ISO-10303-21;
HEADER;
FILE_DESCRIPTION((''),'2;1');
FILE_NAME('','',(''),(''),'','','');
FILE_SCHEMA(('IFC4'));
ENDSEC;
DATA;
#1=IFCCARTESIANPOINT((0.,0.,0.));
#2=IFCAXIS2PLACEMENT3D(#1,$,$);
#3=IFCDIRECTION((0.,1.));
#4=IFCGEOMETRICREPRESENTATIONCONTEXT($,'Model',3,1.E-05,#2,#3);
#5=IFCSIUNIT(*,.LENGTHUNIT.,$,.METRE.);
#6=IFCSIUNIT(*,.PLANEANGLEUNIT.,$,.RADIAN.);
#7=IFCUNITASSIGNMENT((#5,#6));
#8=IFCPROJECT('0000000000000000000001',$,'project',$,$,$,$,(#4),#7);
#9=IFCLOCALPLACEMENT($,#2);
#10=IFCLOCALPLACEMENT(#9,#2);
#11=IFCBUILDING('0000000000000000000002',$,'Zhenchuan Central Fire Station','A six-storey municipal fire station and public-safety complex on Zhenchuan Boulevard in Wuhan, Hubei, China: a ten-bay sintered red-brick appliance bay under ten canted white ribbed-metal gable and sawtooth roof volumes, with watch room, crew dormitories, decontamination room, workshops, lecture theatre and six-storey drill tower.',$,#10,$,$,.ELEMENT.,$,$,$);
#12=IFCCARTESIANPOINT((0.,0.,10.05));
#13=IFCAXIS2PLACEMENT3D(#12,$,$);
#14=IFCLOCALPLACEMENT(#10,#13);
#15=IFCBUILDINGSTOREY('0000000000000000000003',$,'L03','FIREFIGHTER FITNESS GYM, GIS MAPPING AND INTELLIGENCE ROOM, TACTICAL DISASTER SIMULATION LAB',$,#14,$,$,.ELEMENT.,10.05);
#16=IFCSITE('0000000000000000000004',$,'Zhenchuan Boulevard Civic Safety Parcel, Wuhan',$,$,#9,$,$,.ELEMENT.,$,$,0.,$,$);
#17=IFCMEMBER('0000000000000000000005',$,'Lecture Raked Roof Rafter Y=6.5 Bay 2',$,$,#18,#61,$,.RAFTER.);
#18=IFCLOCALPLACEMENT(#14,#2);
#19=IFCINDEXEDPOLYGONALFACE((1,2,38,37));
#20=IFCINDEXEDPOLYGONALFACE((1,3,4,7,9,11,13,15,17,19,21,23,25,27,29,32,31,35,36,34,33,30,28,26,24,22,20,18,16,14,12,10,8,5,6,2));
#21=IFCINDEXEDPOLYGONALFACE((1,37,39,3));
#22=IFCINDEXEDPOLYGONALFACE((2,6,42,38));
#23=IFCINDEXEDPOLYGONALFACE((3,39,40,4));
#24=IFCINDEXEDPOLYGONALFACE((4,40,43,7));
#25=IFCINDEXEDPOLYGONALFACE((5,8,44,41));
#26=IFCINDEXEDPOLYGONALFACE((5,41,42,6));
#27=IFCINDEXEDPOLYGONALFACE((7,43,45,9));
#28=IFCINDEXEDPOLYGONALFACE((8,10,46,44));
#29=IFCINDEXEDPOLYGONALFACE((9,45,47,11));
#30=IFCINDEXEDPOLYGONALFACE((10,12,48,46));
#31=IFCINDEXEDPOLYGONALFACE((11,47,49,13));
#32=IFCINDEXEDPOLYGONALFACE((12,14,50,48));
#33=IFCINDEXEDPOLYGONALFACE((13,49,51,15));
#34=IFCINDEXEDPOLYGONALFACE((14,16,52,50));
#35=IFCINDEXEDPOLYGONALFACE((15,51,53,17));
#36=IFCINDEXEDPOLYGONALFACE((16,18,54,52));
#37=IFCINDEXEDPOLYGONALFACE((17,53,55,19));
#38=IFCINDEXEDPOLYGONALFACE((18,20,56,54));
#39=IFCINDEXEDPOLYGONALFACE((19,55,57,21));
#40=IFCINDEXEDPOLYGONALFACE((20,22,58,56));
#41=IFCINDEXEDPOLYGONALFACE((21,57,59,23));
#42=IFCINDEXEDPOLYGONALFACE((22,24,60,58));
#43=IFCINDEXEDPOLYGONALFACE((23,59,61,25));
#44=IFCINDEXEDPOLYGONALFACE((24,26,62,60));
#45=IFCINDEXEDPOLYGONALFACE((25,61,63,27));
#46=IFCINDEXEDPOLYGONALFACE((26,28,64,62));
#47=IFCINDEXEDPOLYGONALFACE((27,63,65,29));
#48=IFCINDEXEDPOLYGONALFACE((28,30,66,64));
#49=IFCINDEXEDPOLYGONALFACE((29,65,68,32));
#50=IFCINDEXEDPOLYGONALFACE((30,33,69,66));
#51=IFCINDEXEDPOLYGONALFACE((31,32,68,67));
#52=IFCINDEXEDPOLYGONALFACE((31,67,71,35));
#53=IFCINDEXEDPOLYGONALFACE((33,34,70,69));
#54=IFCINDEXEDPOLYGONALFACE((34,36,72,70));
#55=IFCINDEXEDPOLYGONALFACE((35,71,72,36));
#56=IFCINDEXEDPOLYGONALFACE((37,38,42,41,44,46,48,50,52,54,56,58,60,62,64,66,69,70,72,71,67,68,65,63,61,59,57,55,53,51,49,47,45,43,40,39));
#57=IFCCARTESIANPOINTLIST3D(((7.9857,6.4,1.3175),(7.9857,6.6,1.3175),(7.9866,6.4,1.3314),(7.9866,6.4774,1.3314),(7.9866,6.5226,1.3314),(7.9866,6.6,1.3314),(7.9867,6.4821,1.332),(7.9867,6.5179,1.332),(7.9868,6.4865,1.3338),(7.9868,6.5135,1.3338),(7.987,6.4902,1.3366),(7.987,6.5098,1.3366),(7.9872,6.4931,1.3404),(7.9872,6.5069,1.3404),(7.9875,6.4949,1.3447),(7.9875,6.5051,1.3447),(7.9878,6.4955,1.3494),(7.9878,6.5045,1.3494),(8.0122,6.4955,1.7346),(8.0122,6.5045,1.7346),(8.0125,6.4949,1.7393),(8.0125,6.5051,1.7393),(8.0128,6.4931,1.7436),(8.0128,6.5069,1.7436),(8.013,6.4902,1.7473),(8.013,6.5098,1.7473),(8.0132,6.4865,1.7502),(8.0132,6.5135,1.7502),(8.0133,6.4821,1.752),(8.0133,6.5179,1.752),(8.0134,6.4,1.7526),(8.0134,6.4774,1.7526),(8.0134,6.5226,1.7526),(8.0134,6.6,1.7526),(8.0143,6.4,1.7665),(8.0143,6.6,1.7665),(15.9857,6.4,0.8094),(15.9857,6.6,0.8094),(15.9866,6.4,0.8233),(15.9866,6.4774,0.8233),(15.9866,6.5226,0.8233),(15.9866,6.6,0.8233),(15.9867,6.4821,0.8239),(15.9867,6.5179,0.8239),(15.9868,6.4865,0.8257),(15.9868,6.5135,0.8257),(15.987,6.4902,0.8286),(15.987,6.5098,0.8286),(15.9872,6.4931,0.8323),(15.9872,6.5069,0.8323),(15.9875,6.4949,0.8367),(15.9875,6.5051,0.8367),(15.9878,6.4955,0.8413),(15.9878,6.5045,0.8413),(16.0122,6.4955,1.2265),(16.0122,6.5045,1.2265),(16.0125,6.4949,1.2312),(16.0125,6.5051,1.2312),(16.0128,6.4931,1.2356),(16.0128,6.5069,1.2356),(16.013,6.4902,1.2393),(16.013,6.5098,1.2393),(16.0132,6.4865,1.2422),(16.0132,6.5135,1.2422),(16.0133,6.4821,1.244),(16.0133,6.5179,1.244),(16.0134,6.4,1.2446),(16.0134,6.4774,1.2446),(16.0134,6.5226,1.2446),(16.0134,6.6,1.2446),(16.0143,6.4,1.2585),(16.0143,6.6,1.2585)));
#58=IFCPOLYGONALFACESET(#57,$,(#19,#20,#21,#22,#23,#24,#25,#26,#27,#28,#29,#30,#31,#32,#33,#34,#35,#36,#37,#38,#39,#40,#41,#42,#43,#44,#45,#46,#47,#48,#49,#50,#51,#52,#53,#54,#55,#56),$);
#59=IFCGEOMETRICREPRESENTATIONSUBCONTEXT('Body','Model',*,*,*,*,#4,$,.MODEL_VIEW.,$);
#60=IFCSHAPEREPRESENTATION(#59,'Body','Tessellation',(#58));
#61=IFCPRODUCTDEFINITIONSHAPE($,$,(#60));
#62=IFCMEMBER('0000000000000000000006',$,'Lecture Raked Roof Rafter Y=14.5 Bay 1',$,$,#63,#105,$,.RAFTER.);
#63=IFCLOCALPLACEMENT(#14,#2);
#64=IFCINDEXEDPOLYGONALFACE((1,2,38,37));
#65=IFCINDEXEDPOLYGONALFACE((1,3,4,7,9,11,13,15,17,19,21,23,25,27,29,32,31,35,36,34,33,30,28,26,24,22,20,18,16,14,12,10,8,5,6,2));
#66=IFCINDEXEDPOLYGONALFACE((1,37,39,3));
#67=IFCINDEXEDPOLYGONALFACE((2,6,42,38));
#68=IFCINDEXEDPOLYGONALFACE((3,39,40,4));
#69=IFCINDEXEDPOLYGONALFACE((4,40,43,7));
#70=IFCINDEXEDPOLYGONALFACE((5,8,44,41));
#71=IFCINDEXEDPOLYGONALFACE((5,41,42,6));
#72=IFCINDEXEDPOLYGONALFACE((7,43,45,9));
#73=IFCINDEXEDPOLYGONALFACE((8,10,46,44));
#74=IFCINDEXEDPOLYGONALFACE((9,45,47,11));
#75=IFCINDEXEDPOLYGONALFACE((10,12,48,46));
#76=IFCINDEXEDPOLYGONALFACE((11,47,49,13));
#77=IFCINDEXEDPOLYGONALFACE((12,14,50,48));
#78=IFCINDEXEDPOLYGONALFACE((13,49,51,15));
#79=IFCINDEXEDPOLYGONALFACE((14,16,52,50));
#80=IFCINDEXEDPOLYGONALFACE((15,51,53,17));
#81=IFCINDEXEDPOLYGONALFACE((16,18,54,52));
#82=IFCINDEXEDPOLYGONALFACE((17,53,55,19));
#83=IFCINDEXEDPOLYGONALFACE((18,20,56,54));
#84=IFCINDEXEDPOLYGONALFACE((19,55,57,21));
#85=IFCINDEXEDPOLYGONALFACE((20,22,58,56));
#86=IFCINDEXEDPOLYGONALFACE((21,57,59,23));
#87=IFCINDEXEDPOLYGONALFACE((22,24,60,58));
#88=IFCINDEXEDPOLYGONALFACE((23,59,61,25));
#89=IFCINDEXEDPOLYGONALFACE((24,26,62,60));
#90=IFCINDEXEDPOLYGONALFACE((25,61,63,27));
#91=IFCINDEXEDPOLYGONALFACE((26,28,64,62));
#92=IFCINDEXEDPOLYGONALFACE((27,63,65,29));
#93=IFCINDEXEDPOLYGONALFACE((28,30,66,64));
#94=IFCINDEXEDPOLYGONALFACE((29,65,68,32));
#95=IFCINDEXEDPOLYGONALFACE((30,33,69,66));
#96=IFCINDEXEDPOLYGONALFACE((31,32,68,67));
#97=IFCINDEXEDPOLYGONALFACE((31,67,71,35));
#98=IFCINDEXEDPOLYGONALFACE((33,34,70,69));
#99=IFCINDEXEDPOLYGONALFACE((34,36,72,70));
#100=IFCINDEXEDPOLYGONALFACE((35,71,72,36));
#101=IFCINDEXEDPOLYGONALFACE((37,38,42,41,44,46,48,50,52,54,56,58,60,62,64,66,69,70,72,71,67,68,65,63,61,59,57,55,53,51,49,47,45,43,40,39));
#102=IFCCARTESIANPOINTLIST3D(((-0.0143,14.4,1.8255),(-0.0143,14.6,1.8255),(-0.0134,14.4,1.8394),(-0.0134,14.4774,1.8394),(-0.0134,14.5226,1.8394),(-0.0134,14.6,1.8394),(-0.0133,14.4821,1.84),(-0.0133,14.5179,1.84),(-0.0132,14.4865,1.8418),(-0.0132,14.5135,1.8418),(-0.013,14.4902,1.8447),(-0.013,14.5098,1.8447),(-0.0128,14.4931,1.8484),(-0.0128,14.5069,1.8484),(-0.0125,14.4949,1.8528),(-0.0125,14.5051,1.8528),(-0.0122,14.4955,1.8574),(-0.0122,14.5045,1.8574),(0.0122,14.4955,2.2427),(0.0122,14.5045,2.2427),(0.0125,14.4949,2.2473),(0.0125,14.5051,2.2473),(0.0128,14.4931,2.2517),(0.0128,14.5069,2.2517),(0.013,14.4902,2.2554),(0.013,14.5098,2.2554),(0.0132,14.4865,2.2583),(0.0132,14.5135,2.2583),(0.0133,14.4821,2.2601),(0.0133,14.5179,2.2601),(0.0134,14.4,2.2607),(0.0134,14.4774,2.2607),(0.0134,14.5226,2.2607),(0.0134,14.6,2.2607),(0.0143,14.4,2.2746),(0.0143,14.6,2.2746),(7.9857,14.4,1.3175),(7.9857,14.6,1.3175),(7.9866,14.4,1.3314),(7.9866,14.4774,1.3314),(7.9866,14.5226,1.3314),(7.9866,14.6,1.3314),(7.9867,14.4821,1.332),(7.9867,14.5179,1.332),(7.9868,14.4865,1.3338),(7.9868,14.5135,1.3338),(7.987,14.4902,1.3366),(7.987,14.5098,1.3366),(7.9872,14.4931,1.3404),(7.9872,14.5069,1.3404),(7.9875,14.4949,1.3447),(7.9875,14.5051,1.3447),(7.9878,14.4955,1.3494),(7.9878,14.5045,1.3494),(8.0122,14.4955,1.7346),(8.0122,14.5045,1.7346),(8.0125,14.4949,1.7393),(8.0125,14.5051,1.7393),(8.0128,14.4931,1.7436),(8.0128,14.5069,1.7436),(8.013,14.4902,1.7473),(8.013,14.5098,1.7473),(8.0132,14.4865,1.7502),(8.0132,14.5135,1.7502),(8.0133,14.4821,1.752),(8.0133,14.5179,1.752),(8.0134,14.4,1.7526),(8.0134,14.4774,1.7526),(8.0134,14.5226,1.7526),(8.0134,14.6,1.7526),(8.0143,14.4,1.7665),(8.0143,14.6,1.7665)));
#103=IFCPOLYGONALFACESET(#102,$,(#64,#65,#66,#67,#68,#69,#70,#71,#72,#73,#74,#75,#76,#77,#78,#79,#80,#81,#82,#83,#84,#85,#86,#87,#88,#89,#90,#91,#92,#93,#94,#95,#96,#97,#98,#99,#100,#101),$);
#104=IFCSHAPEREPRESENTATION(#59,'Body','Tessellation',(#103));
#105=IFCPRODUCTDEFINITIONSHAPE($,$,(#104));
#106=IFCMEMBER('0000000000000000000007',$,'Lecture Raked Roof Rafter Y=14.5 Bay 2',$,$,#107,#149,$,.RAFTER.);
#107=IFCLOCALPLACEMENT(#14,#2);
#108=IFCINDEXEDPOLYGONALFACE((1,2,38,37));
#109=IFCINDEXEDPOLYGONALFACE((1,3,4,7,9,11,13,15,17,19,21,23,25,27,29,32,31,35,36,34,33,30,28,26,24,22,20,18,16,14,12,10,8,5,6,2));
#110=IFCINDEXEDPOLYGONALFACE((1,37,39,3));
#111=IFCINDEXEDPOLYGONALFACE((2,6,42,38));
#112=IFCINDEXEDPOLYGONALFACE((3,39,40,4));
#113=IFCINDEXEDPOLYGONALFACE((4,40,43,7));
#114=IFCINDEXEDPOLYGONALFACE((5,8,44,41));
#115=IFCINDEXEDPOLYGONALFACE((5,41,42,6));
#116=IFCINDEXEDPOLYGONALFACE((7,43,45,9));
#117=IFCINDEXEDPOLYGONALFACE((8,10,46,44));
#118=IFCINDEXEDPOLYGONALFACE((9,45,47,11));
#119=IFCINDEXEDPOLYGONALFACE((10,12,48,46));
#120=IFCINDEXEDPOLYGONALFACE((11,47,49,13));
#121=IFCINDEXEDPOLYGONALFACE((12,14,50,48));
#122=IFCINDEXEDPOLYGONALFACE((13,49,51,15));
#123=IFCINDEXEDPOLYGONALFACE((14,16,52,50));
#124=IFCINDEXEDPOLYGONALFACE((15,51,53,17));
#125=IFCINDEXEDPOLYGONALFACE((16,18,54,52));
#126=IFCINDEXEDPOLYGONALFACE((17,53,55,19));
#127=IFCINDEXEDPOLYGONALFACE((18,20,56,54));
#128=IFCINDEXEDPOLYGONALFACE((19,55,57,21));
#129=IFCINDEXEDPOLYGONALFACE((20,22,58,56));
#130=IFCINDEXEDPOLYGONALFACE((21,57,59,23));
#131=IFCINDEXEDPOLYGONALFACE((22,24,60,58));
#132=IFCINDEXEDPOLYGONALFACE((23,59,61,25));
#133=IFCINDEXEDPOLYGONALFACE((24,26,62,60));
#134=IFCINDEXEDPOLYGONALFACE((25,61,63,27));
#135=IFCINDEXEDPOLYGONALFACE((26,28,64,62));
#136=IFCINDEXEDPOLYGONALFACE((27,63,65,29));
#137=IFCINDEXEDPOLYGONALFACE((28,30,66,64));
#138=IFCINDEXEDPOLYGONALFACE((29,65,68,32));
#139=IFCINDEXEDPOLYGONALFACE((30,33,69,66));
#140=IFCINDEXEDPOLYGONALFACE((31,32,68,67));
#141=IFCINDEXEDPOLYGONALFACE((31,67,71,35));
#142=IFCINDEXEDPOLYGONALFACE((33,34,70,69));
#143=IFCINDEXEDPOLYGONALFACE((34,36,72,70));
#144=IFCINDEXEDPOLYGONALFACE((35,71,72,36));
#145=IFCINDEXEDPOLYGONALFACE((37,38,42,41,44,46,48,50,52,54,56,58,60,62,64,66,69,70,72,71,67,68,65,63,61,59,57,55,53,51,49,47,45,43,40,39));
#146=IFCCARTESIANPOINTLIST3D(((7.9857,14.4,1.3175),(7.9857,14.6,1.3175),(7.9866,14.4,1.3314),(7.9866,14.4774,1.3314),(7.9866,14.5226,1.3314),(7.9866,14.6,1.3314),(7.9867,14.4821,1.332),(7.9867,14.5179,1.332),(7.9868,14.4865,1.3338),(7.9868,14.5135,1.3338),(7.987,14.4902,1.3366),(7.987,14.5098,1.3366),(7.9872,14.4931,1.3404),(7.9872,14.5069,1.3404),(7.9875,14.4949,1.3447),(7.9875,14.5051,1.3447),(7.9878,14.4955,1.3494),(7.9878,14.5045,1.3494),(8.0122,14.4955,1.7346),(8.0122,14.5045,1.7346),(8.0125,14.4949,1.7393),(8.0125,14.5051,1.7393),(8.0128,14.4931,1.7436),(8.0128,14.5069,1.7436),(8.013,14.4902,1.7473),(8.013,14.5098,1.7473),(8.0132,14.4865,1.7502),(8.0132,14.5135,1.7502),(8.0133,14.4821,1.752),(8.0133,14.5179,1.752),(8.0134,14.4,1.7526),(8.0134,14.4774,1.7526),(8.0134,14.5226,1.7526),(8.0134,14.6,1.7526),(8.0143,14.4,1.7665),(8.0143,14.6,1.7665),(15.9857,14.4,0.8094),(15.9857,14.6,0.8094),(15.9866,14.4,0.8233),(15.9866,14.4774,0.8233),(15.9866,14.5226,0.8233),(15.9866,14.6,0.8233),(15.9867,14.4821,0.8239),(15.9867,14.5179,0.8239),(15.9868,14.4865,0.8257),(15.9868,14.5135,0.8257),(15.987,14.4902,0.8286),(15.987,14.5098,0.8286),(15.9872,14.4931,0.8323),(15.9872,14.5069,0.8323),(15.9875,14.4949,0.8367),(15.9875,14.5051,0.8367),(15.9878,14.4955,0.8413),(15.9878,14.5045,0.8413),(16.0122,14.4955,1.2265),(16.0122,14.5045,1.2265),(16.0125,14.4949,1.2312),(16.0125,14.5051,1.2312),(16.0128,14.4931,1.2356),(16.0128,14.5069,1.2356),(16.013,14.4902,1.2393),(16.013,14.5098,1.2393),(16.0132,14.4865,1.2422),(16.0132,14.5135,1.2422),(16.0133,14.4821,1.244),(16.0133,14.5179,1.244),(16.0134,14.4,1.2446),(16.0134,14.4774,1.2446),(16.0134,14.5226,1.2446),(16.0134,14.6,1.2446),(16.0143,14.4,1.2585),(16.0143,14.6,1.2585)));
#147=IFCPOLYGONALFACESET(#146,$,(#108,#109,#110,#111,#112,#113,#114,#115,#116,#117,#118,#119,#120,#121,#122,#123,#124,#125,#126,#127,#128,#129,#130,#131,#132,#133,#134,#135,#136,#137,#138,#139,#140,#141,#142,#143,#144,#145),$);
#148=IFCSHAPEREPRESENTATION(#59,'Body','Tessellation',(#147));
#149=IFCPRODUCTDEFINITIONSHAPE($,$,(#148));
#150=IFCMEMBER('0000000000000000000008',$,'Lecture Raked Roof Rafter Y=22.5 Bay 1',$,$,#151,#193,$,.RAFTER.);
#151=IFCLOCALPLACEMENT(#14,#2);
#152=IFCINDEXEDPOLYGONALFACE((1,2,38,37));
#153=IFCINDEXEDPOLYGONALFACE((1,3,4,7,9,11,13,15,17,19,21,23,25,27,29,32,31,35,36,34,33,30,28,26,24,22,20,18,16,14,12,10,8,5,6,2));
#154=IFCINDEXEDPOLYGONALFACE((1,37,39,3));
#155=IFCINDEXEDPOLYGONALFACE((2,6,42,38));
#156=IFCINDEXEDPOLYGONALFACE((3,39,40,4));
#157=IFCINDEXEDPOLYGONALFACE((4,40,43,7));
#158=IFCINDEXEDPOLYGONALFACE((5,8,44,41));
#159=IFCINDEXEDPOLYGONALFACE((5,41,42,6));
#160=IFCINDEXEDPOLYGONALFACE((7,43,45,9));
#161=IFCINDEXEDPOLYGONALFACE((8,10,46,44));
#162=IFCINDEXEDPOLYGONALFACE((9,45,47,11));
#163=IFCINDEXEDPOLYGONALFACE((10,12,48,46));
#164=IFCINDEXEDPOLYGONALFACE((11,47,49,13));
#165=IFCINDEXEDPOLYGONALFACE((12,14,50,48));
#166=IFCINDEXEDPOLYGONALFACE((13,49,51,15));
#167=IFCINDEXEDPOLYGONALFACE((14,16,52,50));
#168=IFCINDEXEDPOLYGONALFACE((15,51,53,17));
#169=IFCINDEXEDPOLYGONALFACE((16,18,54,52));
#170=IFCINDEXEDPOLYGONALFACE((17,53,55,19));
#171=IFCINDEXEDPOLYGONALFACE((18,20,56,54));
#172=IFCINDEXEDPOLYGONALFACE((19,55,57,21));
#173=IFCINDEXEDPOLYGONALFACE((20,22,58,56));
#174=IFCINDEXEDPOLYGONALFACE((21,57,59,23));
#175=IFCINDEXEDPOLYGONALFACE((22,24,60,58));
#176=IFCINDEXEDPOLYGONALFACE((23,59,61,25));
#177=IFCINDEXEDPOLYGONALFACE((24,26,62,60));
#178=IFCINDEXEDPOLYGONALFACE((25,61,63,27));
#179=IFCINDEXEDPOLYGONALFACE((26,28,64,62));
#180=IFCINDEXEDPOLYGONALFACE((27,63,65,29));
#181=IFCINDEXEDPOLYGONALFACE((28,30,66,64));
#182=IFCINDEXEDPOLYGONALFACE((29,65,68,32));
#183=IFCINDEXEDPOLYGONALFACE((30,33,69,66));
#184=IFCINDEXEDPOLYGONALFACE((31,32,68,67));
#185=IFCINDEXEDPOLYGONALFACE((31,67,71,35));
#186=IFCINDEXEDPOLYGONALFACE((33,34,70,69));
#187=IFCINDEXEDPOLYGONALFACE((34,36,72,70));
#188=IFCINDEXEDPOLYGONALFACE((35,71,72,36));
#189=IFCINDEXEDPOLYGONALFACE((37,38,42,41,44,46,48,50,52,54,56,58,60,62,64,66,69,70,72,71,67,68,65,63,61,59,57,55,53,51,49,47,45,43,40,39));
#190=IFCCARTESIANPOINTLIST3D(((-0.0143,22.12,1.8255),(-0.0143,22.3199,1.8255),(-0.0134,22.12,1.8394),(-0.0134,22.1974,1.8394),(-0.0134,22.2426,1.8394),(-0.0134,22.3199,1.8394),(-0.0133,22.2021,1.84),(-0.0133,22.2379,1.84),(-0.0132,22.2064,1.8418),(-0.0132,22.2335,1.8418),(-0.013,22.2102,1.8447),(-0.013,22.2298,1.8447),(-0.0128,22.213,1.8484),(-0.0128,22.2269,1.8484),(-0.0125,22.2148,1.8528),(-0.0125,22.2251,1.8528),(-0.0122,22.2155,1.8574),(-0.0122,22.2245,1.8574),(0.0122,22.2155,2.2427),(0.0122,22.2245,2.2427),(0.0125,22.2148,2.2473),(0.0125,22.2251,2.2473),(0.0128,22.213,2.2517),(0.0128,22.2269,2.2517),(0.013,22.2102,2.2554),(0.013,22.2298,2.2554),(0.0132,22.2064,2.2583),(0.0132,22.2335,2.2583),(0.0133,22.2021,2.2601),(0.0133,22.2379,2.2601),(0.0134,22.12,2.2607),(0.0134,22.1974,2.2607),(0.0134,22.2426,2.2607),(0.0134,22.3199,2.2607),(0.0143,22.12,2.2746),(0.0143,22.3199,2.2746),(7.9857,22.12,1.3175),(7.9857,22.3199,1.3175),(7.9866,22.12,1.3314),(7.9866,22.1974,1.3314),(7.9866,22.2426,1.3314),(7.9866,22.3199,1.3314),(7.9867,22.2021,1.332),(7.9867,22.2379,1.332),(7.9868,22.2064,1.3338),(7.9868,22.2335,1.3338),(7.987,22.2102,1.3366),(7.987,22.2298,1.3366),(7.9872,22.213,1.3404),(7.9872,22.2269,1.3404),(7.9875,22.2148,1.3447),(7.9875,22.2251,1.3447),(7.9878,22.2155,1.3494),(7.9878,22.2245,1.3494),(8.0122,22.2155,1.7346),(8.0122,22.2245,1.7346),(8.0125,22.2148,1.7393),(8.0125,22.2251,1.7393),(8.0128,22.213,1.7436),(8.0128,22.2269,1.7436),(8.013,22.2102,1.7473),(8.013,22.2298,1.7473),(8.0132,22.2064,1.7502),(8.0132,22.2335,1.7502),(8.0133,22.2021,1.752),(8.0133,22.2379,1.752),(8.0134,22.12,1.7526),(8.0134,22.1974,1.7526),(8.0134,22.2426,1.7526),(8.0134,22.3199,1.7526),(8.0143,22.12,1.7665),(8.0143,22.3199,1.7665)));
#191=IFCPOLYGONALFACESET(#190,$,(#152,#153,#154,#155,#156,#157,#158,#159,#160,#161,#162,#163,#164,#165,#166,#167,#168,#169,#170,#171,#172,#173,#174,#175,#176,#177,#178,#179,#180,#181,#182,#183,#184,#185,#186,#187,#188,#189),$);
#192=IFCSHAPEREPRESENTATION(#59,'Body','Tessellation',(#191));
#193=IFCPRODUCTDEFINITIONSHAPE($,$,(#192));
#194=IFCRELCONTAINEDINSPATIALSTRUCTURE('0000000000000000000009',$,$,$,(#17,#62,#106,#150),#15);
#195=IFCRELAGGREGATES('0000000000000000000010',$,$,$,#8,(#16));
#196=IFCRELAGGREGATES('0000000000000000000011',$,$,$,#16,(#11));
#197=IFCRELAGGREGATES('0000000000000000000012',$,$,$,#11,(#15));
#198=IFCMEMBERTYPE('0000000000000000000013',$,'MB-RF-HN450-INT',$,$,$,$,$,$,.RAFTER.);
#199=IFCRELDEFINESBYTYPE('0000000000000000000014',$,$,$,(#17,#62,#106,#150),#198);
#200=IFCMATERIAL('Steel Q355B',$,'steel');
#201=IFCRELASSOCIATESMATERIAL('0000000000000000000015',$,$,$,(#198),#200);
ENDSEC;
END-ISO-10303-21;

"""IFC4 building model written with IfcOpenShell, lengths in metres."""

from ifc_helpers import new_model, si_unit, direction, frame, origin, origin_2d, place, context, subcontext, project, spatial, i_section, extrude, material, material_profile, profile_set, type_object, element, save


model = new_model("IFC4")

# Units and contexts
model_context = context("Model", 3, precision=1e-05, world=origin(), true_north=direction((0.0, 1.0)))
body_context = subcontext(model_context, "Body", "Model", "MODEL_VIEW")
ifc_project = project(units=[si_unit("LENGTHUNIT", "METRE"), si_unit("PLANEANGLEUNIT", "RADIAN")], contexts=[model_context])

# Site, building, storey
site_placement = place(None, origin())
site = spatial("IfcSite", under=ifc_project, at=site_placement, Name="Zhenchuan Boulevard Civic Safety Parcel, Wuhan", CompositionType="ELEMENT", RefElevation=0.0)
building_placement = place(site_placement, origin())
building = spatial("IfcBuilding", under=site, at=building_placement, Name="Zhenchuan Central Fire Station", Description="A six-storey municipal fire station and public-safety complex on Zhenchuan Boulevard in Wuhan, Hubei, China: a ten-bay sintered red-brick appliance bay under ten canted white ribbed-metal gable and sawtooth roof volumes, with watch room, crew dormitories, decontamination room, workshops, lecture theatre and six-storey drill tower.", CompositionType="ELEMENT")
storey_placement = place(building_placement, frame((0.0, 0.0, 10.05)))
storey = spatial("IfcBuildingStorey", under=building, at=storey_placement, Name="L03", Description="FIREFIGHTER FITNESS GYM, GIS MAPPING AND INTELLIGENCE ROOM, TACTICAL DISASTER SIMULATION LAB", CompositionType="ELEMENT", Elevation=10.05)

# Shared definitions
ifc_material_1 = material(Name="Steel Q355B", Category="steel")

# Members
ifc_material_profile_1 = material_profile(ifc_material_1, i_section(OverallWidth=0.2, OverallDepth=0.45, WebThickness=0.009, FlangeThickness=0.0139, FilletRadius=0.0181, at=origin_2d()), Name="HN 450x200")
ifc_profile_set_1 = profile_set([ifc_material_profile_1], Name="Steel Q355B")
member_type_1 = type_object("IfcMemberType", Name="MB-RF-HN450-INT", PredefinedType="RAFTER", material=ifc_profile_set_1)
for number, where, z_axis, x_axis, name in (
    (1, (8.0, 6.5, 1.542), (0.99799, 0.0, -0.063379), (0.0, 1.0, 0.0), "Lecture Raked Roof Rafter Y=6.5 Bay 2"),
    (2, (0.0, 14.5, 2.05), (0.99799, 0.0, -0.063379), (0.0, 1.0, 0.0), "Lecture Raked Roof Rafter Y=14.5 Bay 1"),
    (3, (8.0, 14.5, 1.542), (0.99799, 0.0, -0.063379), (0.0, 1.0, 0.0), "Lecture Raked Roof Rafter Y=14.5 Bay 2"),
    (4, (0.0, 22.22, 2.05), (0.99799, 0.0, -0.063379), (0.0, 1.0, 0.0), "Lecture Raked Roof Rafter Y=22.5 Bay 1"),
):
    element("IfcMember", number, at=place(storey_placement, frame(where, z_axis=z_axis, x_axis=x_axis)), inside=storey, type_object=member_type_1, Name=name, PredefinedType="RAFTER", context=body_context, shape_type="SweptSolid", body=[
        extrude(i_section(OverallWidth=0.2, OverallDepth=0.45, WebThickness=0.009, FlangeThickness=0.0139, FilletRadius=0.0181, at=origin_2d()), origin(), (0.0, 0.0, 1.0), 8.0161),
    ])

save(model, "model.ifc")
